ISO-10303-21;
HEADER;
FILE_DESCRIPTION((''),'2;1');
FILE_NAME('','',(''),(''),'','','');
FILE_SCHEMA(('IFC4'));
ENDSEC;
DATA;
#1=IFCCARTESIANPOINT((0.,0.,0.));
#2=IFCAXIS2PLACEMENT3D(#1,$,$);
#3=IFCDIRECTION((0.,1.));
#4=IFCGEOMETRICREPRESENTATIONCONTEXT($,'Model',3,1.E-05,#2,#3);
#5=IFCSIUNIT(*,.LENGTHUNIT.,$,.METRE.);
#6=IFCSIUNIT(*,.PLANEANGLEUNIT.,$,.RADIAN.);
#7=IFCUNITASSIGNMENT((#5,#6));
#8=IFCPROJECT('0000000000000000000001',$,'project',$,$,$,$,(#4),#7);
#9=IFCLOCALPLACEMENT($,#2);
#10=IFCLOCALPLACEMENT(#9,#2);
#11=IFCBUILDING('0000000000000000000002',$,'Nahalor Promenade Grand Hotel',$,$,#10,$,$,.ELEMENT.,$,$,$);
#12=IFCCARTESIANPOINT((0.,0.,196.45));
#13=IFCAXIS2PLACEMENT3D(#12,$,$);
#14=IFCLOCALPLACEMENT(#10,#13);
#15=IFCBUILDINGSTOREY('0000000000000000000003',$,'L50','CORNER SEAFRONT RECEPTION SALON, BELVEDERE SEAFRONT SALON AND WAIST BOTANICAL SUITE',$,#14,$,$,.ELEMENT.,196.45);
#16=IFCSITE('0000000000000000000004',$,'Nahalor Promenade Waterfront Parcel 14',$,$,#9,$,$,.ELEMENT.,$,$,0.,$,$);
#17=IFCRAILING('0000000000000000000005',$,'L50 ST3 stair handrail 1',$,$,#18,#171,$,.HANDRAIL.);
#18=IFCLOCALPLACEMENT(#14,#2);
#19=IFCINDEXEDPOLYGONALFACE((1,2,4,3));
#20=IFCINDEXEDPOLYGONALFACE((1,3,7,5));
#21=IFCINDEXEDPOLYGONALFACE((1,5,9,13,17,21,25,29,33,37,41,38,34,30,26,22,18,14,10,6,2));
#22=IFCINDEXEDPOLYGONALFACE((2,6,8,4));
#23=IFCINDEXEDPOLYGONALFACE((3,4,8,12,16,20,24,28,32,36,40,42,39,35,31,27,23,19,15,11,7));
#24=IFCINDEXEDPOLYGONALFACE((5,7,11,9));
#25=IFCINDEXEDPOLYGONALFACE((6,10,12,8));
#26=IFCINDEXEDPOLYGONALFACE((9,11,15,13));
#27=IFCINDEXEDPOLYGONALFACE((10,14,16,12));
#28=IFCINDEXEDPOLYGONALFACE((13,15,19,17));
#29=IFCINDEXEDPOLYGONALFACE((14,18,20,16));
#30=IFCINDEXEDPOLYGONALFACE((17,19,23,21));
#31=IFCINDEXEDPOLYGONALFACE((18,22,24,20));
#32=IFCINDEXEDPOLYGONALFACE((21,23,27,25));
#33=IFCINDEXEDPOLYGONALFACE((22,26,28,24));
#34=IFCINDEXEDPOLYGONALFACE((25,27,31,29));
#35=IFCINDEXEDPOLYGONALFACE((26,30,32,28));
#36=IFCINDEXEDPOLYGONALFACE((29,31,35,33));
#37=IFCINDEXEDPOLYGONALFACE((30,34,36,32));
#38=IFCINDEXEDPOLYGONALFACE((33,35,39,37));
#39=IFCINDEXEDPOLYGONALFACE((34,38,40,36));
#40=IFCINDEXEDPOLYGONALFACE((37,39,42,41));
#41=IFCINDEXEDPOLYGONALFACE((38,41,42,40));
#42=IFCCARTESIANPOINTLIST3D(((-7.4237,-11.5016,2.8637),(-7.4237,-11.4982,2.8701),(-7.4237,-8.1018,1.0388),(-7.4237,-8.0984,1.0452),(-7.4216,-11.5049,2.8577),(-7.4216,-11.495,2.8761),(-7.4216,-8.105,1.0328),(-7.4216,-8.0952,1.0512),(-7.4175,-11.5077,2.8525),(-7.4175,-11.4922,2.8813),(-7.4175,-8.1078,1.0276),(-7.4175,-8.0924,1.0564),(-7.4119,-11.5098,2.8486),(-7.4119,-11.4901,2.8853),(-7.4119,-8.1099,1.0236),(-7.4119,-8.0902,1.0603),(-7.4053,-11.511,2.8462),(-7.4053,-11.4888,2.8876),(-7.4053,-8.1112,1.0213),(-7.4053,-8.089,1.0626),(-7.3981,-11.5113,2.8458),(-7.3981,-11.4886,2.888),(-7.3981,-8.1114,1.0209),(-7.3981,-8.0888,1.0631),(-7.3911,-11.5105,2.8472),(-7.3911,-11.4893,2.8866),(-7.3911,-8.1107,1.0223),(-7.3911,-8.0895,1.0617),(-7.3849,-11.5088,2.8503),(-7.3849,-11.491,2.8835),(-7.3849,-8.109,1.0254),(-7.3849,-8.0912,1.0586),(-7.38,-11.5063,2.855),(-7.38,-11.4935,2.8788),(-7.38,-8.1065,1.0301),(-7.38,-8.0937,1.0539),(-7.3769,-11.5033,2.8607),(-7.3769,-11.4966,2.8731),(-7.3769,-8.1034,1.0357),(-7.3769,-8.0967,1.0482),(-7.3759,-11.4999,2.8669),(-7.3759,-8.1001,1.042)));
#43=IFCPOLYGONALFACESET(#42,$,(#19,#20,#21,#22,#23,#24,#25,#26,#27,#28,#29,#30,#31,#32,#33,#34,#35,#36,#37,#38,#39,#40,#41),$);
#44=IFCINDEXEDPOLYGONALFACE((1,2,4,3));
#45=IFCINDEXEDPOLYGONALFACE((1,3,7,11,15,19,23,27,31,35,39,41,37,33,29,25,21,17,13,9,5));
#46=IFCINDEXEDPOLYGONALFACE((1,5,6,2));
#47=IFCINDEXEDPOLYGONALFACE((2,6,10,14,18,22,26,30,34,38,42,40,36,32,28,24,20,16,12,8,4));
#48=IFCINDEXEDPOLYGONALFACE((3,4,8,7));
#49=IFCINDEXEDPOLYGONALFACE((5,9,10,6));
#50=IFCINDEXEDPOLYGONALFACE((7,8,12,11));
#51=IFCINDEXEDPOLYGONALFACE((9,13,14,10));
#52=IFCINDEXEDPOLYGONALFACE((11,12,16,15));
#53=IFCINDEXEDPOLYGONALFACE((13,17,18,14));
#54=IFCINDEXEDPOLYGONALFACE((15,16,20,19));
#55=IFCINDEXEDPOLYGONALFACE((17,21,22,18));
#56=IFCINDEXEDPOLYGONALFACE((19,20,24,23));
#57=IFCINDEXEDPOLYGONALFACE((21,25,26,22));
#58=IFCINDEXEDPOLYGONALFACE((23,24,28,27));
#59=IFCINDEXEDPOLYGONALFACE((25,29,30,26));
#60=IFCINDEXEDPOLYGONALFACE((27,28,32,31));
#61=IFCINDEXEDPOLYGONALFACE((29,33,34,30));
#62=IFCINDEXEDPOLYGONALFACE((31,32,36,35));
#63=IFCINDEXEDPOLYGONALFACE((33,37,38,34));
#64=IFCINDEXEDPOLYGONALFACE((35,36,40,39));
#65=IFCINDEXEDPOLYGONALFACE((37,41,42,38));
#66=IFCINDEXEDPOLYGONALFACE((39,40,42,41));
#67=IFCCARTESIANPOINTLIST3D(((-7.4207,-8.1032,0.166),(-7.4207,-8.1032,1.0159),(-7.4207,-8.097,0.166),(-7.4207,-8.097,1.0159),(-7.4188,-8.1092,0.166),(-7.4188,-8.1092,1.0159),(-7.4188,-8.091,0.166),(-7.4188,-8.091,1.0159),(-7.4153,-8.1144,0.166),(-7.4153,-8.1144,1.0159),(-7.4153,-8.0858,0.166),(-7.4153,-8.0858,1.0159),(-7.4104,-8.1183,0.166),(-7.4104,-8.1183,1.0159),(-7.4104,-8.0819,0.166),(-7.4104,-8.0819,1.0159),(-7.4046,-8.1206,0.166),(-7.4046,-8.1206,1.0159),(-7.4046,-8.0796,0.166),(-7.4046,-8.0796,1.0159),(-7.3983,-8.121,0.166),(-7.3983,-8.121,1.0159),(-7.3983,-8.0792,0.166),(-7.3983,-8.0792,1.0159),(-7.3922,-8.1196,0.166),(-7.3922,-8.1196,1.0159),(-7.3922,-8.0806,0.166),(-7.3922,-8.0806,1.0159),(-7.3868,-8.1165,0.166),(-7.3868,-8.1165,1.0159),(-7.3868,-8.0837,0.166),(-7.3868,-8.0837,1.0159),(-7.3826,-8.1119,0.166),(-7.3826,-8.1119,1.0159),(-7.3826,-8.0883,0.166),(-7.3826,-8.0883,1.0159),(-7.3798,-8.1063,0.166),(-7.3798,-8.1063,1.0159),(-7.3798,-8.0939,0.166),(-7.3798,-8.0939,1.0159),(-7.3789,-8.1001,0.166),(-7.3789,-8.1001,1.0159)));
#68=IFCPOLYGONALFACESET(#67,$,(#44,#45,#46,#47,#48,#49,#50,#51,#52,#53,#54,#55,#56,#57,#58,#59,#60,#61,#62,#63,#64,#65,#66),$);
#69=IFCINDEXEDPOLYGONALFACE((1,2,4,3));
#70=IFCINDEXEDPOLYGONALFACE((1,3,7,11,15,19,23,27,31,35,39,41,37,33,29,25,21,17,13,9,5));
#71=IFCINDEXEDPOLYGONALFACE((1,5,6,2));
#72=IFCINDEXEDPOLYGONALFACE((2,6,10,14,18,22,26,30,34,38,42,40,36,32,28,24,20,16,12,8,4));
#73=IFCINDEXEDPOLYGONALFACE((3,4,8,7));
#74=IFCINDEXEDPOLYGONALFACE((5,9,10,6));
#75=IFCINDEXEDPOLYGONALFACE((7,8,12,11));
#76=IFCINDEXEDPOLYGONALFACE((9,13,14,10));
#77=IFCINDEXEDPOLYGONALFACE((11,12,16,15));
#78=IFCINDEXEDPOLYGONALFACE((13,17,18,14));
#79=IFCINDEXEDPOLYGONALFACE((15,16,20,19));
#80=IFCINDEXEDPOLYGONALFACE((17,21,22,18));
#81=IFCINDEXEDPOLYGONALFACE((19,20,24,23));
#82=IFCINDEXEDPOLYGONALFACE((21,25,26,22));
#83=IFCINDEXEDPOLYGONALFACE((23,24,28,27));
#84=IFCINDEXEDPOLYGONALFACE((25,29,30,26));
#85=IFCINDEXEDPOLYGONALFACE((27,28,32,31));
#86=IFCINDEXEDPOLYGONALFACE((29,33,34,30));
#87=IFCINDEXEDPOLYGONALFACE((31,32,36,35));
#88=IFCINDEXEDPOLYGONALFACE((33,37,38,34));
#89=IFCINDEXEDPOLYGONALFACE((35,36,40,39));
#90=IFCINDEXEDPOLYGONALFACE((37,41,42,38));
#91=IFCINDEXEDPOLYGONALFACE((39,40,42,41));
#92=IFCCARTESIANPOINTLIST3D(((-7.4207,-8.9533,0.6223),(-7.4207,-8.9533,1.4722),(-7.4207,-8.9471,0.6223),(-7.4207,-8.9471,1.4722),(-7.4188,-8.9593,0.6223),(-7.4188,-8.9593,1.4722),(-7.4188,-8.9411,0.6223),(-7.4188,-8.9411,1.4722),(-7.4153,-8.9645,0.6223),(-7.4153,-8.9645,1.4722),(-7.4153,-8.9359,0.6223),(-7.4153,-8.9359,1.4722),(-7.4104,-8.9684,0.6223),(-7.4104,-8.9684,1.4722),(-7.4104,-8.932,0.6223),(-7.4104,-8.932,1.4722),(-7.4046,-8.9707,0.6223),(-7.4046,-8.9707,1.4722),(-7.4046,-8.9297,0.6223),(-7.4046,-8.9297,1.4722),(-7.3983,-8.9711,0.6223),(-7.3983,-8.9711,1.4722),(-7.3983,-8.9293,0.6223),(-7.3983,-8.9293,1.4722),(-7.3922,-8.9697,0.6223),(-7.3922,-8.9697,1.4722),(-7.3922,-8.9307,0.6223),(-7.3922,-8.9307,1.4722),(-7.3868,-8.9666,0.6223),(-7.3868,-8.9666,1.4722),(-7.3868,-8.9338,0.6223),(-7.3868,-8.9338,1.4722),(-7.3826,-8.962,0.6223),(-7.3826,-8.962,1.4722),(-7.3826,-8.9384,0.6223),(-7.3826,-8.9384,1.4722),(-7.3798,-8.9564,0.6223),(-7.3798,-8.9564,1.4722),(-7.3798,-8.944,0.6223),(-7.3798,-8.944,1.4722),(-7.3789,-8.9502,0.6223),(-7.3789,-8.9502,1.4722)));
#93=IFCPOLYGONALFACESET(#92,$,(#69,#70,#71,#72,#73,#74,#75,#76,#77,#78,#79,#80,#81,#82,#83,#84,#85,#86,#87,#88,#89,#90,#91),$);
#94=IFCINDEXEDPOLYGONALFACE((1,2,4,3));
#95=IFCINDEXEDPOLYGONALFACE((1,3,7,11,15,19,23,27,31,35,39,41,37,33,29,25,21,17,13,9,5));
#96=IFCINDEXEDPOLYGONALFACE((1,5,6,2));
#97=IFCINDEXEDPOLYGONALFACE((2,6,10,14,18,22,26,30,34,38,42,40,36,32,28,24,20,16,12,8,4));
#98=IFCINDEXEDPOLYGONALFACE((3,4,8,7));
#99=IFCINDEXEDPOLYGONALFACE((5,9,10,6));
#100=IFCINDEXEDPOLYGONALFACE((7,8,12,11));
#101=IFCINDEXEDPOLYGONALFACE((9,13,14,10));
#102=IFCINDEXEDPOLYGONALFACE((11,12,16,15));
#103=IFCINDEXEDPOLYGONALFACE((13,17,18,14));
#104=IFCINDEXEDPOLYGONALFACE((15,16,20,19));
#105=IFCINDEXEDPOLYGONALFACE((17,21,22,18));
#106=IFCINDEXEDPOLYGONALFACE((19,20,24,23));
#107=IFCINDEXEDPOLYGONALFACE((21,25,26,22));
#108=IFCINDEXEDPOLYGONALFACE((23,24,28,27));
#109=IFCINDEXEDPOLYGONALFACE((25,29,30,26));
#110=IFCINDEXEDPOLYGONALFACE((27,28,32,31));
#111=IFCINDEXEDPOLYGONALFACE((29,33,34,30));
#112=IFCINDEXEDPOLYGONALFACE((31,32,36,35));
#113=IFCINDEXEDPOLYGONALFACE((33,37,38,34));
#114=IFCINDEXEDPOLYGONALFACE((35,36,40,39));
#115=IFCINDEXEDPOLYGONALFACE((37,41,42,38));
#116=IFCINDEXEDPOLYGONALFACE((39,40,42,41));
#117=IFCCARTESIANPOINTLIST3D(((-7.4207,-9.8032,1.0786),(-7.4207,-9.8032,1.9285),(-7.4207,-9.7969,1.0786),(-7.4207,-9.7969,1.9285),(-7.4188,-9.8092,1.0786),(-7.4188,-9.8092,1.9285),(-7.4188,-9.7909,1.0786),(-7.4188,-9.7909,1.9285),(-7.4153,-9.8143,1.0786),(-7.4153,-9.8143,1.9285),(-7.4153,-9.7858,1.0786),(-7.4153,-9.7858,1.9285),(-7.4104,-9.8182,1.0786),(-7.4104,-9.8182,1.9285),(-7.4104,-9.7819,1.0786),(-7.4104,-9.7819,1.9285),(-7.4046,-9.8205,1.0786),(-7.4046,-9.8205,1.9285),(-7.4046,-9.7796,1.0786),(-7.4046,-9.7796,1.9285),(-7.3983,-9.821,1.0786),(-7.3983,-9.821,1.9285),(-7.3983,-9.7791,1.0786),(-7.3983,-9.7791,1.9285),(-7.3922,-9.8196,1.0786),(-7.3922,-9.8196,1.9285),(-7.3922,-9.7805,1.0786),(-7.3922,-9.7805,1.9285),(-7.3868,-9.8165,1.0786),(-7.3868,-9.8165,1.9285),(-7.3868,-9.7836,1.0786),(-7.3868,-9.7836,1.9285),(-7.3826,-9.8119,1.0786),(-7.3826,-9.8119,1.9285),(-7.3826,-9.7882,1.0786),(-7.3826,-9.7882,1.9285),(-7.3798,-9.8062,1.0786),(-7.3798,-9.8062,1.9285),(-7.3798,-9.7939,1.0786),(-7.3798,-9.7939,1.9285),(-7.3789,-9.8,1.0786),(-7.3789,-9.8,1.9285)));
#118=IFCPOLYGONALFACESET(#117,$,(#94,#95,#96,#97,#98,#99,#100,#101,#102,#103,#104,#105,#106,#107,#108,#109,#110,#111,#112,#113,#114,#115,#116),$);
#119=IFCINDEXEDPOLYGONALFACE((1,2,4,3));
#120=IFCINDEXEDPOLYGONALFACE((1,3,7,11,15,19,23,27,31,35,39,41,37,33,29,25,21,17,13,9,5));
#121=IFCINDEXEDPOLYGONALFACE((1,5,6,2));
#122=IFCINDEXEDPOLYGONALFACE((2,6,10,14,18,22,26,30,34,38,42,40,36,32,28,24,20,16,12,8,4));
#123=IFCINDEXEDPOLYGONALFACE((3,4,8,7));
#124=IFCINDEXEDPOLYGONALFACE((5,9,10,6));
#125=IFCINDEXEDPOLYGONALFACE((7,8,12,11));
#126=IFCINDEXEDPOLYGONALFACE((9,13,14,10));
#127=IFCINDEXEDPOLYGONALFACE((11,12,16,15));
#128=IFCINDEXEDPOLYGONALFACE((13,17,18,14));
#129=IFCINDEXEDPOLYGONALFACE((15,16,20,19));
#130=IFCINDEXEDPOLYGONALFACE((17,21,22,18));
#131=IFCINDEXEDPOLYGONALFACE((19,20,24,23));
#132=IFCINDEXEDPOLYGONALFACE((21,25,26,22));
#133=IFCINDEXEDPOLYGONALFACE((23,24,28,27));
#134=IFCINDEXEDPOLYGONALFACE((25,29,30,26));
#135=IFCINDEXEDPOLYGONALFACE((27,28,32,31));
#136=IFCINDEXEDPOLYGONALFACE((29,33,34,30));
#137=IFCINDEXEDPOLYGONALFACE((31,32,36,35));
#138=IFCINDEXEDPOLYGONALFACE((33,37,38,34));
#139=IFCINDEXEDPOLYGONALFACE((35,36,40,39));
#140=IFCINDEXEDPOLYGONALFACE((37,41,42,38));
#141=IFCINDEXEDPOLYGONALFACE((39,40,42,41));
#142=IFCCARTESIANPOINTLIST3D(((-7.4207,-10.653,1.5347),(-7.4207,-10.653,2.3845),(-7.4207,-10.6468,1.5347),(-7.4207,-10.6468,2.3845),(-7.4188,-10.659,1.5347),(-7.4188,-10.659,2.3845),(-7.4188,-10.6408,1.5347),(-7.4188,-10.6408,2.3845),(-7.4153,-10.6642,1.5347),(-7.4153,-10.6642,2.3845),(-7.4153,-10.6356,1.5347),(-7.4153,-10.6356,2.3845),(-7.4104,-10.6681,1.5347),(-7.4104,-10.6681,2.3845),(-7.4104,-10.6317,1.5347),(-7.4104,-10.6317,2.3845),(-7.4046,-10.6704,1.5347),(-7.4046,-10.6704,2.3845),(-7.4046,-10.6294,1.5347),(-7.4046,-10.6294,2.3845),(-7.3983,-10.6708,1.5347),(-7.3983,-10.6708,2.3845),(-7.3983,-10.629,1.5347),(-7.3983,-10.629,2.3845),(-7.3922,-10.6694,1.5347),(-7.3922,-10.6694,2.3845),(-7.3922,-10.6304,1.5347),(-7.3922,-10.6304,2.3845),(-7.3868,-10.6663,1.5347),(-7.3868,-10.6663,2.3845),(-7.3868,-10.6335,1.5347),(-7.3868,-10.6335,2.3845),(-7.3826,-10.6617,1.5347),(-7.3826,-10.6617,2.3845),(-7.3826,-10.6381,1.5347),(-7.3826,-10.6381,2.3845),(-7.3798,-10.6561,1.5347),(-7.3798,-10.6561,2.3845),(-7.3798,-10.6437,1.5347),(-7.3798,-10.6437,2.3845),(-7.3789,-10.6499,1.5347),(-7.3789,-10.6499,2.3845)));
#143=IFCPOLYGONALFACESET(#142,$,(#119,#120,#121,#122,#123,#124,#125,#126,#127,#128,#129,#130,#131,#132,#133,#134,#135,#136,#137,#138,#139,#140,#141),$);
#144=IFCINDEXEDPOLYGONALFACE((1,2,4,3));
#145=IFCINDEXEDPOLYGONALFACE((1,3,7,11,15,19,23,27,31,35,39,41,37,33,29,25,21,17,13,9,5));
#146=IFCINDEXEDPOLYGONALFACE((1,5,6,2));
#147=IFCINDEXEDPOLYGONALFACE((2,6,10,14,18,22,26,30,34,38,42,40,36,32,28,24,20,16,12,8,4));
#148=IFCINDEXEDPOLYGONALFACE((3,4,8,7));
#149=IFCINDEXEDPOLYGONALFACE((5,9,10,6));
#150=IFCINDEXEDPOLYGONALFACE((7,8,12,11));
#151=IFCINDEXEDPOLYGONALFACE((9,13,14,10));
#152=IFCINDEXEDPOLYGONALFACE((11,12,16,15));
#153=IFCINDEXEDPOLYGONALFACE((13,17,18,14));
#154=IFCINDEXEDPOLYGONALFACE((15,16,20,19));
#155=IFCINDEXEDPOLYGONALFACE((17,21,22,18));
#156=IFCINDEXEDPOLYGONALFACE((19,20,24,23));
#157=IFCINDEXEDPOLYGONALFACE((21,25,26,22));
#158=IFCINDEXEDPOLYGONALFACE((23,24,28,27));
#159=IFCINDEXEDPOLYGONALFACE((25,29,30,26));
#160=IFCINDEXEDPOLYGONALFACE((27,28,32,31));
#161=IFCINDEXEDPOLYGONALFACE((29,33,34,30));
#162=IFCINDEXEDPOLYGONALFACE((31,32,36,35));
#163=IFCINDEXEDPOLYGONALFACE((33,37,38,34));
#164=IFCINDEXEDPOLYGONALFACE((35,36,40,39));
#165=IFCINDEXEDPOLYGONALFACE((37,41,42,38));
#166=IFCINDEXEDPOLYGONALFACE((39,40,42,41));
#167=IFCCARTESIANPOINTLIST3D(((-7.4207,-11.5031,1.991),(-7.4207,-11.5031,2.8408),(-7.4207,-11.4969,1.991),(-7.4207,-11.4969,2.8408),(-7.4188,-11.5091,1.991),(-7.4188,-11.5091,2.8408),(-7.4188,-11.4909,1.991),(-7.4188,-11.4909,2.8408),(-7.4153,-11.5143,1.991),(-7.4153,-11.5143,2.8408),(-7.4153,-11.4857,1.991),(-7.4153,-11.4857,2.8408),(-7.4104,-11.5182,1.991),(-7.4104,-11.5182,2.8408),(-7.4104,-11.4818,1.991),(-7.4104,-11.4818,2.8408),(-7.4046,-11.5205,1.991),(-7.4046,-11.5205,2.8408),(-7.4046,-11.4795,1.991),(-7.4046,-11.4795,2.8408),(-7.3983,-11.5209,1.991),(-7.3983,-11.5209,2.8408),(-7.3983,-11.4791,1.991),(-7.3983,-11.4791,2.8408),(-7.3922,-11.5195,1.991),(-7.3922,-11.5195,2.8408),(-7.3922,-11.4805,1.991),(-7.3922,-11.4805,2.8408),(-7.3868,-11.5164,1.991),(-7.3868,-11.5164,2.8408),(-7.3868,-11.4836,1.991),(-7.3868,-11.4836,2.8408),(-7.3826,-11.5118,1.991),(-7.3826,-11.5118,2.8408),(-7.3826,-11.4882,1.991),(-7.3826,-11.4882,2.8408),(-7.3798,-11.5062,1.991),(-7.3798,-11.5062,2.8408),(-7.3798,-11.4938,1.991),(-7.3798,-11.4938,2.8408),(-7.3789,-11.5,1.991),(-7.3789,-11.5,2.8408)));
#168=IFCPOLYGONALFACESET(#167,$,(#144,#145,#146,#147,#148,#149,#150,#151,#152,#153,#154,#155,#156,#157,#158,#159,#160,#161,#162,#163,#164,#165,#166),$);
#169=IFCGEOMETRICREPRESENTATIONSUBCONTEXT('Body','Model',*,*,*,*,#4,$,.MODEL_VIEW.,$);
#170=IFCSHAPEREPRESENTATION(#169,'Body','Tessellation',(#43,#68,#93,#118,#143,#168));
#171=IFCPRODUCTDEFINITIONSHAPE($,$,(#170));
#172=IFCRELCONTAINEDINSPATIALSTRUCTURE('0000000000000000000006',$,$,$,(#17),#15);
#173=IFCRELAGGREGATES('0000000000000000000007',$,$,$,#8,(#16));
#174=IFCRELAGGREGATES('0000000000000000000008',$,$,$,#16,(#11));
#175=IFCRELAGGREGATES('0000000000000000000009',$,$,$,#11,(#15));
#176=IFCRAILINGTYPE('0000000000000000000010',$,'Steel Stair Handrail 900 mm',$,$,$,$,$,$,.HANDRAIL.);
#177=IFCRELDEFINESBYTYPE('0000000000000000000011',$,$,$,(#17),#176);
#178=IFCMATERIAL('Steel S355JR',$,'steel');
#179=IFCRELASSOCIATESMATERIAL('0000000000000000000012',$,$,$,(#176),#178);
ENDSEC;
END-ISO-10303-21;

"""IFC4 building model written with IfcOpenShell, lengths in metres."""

from ifc_helpers import new_model, si_unit, direction, frame, origin, origin_2d, place, context, subcontext, project, spatial, circle, extrude, material, type_object, element, save


model = new_model("IFC4")

# Units and contexts
model_context = context("Model", 3, precision=1e-05, world=origin(), true_north=direction((0.0, 1.0)))
body_context = subcontext(model_context, "Body", "Model", "MODEL_VIEW")
ifc_project = project(units=[si_unit("LENGTHUNIT", "METRE"), si_unit("PLANEANGLEUNIT", "RADIAN")], contexts=[model_context])

# Site, building, storey
site_placement = place(None, origin())
site = spatial("IfcSite", under=ifc_project, at=site_placement, Name="Nahalor Promenade Waterfront Parcel 14", CompositionType="ELEMENT", RefElevation=0.0)
building_placement = place(site_placement, origin())
building = spatial("IfcBuilding", under=site, at=building_placement, Name="Nahalor Promenade Grand Hotel", CompositionType="ELEMENT")
storey_placement = place(building_placement, frame((0.0, 0.0, 196.45)))
storey = spatial("IfcBuildingStorey", under=building, at=storey_placement, Name="L50", Description="CORNER SEAFRONT RECEPTION SALON, BELVEDERE SEAFRONT SALON AND WAIST BOTANICAL SUITE", CompositionType="ELEMENT", Elevation=196.45)

# Shared definitions
ifc_material_1 = material(Name="Steel S355JR", Category="steel")

# Railing
railing_type_1 = type_object("IfcRailingType", Name="Steel Stair Handrail 900 mm", PredefinedType="HANDRAIL", material=ifc_material_1)
railing_1_placement = place(storey_placement, frame((-7.3999, -8.1001, 0.166)))
element("IfcRailing", 1, at=railing_1_placement, inside=storey, type_object=railing_type_1, Name="L50 ST3 stair handrail 1", PredefinedType="HANDRAIL", context=body_context, shape_type="SweptSolid", body=[
    extrude(circle(Radius=0.024, at=origin_2d()), frame((0.0, 0.0, 0.876), z_axis=(0.0, -0.881094, 0.472941), x_axis=(1.0, 0.0, 0.0)), (0.0, 0.0, 1.0), 3.8586),
    extrude(circle(Radius=0.021, at=origin_2d()), origin(), (0.0, 0.0, 1.0), 0.8499),
    extrude(circle(Radius=0.021, at=origin_2d()), frame((0.0, -0.8501, 0.4563)), (0.0, 0.0, 1.0), 0.8499),
    extrude(circle(Radius=0.021, at=origin_2d()), frame((0.0, -1.7, 0.9126)), (0.0, 0.0, 1.0), 0.8499),
    extrude(circle(Radius=0.021, at=origin_2d()), frame((0.0, -2.5498, 1.3687)), (0.0, 0.0, 1.0), 0.8499),
    extrude(circle(Radius=0.021, at=origin_2d()), frame((0.0, -3.3999, 1.825)), (0.0, 0.0, 1.0), 0.8499),
])

save(model, "model.ifc")
